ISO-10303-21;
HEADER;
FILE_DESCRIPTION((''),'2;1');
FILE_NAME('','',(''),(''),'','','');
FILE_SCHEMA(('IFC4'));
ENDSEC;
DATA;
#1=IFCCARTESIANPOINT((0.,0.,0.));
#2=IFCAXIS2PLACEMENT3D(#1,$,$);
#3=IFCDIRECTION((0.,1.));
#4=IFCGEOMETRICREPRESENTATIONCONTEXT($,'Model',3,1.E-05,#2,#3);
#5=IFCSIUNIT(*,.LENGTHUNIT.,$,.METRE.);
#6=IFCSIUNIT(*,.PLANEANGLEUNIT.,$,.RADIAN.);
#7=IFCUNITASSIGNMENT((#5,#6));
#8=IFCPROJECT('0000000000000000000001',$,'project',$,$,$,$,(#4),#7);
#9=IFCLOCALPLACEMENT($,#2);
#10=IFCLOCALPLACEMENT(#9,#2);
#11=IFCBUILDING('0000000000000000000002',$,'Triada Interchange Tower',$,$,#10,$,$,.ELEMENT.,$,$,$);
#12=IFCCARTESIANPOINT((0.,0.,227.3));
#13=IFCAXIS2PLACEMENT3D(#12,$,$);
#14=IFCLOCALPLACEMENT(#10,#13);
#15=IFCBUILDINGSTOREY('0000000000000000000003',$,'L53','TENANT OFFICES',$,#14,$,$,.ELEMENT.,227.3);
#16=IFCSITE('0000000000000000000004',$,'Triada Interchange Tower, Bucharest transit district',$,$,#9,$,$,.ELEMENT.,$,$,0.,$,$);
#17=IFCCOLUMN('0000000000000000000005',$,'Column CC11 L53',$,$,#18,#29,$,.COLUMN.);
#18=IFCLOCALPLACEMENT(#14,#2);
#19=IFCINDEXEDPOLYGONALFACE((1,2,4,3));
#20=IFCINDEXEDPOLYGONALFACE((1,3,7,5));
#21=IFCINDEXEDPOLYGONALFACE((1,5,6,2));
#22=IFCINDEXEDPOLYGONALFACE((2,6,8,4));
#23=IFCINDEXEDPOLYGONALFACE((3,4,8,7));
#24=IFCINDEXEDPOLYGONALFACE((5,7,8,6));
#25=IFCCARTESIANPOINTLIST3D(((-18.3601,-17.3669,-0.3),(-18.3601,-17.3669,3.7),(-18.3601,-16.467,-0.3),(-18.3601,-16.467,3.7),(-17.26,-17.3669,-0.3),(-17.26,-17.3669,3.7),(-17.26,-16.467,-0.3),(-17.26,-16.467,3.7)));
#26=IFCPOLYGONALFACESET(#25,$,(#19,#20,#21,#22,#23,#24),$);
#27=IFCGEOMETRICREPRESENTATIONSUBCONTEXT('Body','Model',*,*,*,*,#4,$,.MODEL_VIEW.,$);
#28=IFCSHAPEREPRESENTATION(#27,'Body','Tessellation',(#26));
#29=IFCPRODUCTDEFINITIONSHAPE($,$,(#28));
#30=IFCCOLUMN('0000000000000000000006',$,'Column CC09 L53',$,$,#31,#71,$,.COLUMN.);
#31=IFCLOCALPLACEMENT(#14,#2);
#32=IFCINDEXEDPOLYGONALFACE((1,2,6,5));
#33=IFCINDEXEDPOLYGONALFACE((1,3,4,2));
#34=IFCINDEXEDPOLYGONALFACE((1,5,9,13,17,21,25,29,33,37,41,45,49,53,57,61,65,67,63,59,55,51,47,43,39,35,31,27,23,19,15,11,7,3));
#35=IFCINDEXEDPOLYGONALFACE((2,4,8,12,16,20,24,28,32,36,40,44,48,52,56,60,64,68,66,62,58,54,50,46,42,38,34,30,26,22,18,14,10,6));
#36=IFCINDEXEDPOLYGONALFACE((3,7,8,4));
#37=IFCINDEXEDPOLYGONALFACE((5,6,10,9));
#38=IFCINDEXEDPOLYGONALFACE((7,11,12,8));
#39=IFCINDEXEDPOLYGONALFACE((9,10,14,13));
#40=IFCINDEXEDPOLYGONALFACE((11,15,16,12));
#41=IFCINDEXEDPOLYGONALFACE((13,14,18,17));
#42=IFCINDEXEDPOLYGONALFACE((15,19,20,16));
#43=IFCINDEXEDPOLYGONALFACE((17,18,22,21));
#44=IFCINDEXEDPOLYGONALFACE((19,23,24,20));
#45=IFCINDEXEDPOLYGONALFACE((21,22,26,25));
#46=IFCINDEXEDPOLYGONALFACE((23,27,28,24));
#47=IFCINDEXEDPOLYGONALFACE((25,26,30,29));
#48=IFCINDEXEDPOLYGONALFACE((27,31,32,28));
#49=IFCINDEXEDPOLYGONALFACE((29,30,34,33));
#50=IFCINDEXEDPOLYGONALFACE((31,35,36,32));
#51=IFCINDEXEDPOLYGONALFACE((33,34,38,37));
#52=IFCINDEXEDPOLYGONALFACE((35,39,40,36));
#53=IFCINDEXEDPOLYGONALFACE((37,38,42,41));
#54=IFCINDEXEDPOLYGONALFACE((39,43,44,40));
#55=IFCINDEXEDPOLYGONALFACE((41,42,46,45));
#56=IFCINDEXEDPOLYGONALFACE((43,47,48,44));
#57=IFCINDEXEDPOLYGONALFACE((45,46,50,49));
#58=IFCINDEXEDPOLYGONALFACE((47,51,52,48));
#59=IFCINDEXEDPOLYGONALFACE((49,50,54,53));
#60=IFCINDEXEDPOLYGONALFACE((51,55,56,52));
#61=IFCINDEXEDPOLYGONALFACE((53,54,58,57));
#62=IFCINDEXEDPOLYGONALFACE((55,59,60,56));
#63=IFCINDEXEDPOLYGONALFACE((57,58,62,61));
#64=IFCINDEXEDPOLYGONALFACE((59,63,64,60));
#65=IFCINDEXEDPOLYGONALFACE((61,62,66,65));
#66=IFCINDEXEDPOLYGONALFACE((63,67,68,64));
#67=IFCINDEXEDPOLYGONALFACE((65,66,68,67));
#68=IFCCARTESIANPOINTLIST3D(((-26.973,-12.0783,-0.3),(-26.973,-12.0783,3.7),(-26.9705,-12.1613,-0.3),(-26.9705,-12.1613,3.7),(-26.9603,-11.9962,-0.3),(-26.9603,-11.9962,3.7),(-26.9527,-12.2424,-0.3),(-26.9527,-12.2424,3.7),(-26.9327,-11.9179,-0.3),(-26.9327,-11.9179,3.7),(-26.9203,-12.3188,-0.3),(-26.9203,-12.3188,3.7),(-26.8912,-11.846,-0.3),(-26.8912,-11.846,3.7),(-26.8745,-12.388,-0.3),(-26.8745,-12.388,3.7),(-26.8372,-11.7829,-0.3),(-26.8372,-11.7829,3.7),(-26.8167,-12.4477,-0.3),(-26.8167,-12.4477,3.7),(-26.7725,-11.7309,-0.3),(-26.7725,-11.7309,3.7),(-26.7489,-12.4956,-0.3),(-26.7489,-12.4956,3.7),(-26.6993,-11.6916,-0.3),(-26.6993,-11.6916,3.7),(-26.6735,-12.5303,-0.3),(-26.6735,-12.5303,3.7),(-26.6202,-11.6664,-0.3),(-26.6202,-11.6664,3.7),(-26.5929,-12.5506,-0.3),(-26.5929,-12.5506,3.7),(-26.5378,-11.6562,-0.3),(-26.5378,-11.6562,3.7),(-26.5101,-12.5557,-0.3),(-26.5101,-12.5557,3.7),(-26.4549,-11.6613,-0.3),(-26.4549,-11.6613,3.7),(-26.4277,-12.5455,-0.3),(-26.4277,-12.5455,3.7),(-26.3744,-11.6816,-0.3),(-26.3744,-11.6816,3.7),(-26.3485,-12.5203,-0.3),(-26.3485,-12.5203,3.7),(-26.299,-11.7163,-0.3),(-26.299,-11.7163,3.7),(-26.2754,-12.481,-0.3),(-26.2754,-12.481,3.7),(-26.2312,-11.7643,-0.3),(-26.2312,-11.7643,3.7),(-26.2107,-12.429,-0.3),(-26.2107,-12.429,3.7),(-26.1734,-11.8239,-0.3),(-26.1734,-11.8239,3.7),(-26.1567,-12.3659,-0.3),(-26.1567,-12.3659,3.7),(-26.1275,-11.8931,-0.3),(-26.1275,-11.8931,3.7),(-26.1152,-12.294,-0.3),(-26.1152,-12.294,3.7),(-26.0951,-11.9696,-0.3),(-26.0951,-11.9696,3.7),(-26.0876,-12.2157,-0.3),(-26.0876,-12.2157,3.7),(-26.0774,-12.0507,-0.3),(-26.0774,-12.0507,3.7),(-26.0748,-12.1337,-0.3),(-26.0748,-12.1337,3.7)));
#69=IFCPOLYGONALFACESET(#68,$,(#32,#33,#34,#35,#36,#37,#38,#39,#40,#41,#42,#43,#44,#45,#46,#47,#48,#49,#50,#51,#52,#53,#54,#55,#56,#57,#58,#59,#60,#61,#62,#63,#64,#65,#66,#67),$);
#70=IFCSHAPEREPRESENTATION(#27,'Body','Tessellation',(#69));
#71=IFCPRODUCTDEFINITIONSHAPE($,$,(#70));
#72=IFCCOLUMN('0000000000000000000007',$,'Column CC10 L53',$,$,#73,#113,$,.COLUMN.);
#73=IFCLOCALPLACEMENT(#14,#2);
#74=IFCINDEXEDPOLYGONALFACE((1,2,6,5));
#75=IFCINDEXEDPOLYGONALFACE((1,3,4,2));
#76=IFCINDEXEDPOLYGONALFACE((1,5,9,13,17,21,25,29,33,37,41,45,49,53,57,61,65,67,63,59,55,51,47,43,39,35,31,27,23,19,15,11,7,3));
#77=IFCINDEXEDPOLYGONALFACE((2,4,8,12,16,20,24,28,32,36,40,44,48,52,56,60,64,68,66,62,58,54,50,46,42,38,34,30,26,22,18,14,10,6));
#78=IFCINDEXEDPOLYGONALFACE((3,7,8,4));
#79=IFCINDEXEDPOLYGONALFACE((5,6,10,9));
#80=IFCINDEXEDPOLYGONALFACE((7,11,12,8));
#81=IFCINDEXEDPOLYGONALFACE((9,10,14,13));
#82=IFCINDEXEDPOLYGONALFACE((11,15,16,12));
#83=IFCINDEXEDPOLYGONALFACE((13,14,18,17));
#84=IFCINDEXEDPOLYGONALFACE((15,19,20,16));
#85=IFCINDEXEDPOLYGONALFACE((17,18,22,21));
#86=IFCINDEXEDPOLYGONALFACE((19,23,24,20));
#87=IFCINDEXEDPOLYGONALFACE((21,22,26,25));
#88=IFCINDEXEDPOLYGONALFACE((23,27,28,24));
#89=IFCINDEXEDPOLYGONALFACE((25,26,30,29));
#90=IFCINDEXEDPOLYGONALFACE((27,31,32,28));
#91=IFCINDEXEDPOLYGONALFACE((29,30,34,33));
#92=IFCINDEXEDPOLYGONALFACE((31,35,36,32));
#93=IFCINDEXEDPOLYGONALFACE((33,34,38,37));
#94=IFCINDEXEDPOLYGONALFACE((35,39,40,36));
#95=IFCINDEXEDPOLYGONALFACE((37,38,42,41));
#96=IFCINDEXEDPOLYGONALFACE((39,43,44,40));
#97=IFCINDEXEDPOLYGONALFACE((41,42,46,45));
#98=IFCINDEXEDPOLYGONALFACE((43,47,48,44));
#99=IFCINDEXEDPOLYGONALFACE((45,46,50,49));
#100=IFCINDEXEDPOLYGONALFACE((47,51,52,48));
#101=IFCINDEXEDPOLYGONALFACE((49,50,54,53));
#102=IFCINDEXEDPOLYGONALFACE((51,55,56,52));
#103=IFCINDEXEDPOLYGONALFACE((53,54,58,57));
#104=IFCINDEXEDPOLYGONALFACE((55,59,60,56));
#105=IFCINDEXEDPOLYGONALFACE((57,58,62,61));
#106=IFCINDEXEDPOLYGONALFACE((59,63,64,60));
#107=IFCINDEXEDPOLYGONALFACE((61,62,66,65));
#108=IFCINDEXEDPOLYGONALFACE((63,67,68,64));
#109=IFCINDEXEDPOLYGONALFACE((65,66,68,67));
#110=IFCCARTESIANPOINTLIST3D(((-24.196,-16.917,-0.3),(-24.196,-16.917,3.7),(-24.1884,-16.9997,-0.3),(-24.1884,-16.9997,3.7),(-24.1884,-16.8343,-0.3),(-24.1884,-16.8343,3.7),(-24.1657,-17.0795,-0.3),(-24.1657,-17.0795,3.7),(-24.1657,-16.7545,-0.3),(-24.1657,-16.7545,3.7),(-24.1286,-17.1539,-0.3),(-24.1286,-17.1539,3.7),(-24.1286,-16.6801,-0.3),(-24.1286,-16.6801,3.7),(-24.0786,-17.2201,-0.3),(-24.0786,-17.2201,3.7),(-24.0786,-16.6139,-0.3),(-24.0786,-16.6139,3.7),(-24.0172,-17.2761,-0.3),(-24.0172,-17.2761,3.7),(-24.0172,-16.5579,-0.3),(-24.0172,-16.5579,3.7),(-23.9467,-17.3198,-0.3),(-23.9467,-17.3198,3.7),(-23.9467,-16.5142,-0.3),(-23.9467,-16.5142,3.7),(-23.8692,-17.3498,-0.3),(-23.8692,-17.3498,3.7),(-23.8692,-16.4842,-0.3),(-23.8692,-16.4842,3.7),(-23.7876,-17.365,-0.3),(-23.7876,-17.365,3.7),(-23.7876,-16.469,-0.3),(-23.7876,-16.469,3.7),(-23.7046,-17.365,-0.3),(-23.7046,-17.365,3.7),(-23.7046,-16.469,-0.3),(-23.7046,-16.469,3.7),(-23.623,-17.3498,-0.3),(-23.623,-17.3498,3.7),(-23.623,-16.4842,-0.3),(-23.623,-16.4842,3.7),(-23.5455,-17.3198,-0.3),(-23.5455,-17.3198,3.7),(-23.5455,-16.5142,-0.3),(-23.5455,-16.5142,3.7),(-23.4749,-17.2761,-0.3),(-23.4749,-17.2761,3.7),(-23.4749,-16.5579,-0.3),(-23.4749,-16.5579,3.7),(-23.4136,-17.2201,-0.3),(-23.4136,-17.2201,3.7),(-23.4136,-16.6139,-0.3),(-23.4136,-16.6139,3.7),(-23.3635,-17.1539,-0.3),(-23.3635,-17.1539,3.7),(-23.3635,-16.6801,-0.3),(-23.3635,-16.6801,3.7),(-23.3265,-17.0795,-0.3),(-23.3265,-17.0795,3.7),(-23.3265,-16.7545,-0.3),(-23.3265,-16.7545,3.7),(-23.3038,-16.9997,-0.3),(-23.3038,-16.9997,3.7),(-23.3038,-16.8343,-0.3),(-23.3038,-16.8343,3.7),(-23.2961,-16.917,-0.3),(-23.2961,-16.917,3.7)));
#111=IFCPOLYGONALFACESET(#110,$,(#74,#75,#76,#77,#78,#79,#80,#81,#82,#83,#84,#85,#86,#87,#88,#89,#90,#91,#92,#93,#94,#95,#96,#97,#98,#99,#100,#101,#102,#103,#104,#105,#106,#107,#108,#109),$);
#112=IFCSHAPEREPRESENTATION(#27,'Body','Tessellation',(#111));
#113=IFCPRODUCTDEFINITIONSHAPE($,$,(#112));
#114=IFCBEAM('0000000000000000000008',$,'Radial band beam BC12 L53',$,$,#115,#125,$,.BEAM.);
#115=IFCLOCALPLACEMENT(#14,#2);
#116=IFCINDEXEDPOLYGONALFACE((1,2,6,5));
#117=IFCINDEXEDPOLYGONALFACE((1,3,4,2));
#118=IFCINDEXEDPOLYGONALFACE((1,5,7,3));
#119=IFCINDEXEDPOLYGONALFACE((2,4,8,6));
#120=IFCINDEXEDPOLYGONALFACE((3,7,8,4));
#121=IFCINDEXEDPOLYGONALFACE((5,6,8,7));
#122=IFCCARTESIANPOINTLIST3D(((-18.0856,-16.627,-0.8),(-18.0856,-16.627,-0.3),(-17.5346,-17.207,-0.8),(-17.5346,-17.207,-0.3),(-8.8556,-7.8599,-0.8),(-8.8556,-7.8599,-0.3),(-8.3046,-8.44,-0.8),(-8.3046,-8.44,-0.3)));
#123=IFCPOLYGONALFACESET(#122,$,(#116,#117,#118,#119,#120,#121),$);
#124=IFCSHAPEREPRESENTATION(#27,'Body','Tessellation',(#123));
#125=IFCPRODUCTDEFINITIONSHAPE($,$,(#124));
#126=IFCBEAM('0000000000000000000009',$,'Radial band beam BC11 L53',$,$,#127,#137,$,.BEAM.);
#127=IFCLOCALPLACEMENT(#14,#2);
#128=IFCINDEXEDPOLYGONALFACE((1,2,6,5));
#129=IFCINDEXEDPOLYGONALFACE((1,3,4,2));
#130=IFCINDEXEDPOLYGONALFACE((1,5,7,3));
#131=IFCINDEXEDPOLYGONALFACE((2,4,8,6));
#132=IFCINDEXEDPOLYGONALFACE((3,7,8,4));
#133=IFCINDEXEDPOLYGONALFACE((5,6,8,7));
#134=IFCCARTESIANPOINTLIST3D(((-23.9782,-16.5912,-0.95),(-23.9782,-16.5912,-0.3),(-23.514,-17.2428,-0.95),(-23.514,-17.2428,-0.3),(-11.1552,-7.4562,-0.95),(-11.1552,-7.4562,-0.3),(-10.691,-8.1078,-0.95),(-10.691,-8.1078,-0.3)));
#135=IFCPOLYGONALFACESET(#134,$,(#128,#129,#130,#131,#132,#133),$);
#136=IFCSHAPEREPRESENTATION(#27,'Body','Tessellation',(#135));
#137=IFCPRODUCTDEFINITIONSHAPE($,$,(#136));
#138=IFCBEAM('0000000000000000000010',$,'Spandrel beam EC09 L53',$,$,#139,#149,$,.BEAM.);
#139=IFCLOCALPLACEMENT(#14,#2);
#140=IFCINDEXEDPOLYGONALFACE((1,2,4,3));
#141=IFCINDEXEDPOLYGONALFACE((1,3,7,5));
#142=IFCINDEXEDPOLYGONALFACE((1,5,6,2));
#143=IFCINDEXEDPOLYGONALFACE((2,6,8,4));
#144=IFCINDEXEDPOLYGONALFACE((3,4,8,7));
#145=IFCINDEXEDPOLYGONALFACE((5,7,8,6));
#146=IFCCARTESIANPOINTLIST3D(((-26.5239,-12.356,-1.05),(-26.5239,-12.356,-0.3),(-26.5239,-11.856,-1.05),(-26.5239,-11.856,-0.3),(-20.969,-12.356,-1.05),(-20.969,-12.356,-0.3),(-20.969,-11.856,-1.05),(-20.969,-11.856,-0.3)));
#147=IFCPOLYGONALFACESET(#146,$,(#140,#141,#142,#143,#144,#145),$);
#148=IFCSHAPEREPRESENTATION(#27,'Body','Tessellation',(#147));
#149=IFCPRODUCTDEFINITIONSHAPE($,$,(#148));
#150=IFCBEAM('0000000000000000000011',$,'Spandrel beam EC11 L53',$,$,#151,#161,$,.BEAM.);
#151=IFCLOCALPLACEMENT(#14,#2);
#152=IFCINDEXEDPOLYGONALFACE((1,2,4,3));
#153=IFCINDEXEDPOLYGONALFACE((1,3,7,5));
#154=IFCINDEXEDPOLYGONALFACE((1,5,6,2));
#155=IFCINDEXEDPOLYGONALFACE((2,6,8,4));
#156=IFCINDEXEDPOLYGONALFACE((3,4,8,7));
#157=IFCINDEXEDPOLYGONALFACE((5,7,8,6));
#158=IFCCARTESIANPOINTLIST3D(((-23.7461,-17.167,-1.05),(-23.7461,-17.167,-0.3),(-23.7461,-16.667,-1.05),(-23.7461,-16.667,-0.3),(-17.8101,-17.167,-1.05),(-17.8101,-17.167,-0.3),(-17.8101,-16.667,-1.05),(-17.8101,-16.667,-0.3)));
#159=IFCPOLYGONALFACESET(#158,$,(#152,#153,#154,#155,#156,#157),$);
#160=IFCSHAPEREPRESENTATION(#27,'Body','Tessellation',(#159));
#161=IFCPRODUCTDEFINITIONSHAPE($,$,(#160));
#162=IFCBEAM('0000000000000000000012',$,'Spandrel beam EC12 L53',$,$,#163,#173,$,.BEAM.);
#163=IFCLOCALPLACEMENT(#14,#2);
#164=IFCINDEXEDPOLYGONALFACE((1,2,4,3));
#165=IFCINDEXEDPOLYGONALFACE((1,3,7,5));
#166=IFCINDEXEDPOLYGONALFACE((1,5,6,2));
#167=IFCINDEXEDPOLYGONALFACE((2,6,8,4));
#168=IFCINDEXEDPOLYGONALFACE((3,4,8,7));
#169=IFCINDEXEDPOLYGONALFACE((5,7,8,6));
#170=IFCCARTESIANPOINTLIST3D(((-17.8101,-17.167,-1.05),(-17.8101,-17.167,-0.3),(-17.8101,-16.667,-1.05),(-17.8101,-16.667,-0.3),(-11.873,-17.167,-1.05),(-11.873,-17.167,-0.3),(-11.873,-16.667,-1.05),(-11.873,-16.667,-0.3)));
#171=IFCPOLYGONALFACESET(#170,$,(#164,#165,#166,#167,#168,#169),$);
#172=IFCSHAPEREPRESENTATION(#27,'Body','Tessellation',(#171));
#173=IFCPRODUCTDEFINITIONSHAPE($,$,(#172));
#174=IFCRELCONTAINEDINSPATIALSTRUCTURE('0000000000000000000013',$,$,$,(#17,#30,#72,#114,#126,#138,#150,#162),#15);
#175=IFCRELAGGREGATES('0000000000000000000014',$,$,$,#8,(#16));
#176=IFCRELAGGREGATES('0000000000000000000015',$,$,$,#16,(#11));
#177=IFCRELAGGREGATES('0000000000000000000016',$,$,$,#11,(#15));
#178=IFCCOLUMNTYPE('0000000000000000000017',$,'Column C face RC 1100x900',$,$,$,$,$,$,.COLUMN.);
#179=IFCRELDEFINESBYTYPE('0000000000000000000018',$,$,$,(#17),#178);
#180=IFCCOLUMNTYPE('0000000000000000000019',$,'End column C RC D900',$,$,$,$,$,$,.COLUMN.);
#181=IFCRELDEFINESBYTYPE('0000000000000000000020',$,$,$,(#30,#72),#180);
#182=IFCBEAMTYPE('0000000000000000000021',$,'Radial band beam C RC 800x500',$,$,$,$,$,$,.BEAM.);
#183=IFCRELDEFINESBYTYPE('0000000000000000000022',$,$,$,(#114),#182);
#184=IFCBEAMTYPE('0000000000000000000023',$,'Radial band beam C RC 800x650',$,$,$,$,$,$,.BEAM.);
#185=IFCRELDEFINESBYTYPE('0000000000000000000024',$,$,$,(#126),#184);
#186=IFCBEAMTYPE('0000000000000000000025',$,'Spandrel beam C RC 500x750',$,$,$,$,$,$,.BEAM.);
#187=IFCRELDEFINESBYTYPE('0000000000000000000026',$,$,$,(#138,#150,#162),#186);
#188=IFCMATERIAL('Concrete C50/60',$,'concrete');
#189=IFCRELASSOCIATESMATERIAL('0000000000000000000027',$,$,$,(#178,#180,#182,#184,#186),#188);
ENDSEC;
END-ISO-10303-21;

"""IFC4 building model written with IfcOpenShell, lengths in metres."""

from ifc_helpers import new_model, si_unit, direction, frame, origin, origin_2d, place, context, subcontext, project, spatial, rectangle, circle, extrude, material, material_profile, profile_set, type_object, element, save


model = new_model("IFC4")

# Units and contexts
model_context = context("Model", 3, precision=1e-05, world=origin(), true_north=direction((0.0, 1.0)))
body_context = subcontext(model_context, "Body", "Model", "MODEL_VIEW")
ifc_project = project(units=[si_unit("LENGTHUNIT", "METRE"), si_unit("PLANEANGLEUNIT", "RADIAN")], contexts=[model_context])

# Site, building, storey
site_placement = place(None, origin())
site = spatial("IfcSite", under=ifc_project, at=site_placement, Name="Triada Interchange Tower, Bucharest transit district", CompositionType="ELEMENT", RefElevation=0.0)
building_placement = place(site_placement, origin())
building = spatial("IfcBuilding", under=site, at=building_placement, Name="Triada Interchange Tower", CompositionType="ELEMENT")
storey_placement = place(building_placement, frame((0.0, 0.0, 227.3)))
storey = spatial("IfcBuildingStorey", under=building, at=storey_placement, Name="L53", Description="TENANT OFFICES", CompositionType="ELEMENT", Elevation=227.3)

# Columns
ifc_material_1 = material(Name="Concrete C50/60", Category="concrete")
ifc_material_profile_1 = material_profile(ifc_material_1, rectangle(XDim=1.1001, YDim=0.8999, at=origin_2d()), Name="RC 1100x900")
ifc_profile_set_1 = profile_set([ifc_material_profile_1], Name="Concrete C50/60")
column_type_1 = type_object("IfcColumnType", Name="Column C face RC 1100x900", PredefinedType="COLUMN", material=ifc_profile_set_1)
column_placement = place(storey_placement, frame((-17.8101, -16.917, -0.3), z_axis=(0.0, 0.0, 1.0), x_axis=(1.0, 0.0, 0.0)))
element("IfcColumn", 1, at=column_placement, inside=storey, type_object=column_type_1, Name="Column CC11 L53", PredefinedType="COLUMN", context=body_context, shape_type="SweptSolid", body=[
    extrude(rectangle(XDim=1.1001, YDim=0.8999, at=origin_2d()), origin(), (0.0, 0.0, 1.0), 4.0),
])
ifc_material_profile_2 = material_profile(ifc_material_1, circle(Radius=0.45, at=origin_2d()), Name="RC D900")
ifc_profile_set_2 = profile_set([ifc_material_profile_2], Name="Concrete C50/60")
column_type_2 = type_object("IfcColumnType", Name="End column C RC D900", PredefinedType="COLUMN", material=ifc_profile_set_2)
for number, where, z_axis, x_axis, name in (
    (2, (-26.5239, -12.106, -0.3), (0.0, 0.0, 1.0), (0.5, 0.866025, 0.0), "Column CC09 L53"),
    (3, (-23.7461, -16.917, -0.3), (0.0, 0.0, 1.0), (1.0, 0.0, 0.0), "Column CC10 L53"),
):
    element("IfcColumn", number, at=place(storey_placement, frame(where, z_axis=z_axis, x_axis=x_axis)), inside=storey, type_object=column_type_2, Name=name, PredefinedType="COLUMN", context=body_context, shape_type="SweptSolid", body=[
        extrude(circle(Radius=0.45, at=origin_2d()), origin(), (0.0, 0.0, 1.0), 4.0),
    ])

# Beams
ifc_material_profile_3 = material_profile(ifc_material_1, rectangle(XDim=0.8, YDim=0.5, at=origin_2d()), Name="RC 800x500")
ifc_profile_set_3 = profile_set([ifc_material_profile_3], Name="Concrete C50/60")
beam_type_1 = type_object("IfcBeamType", Name="Radial band beam C RC 800x500", PredefinedType="BEAM", material=ifc_profile_set_3)
beam_1_placement = place(storey_placement, frame((-17.8101, -16.917, -0.55), z_axis=(0.725054, 0.688692, 0.0), x_axis=(-0.688692, 0.725054, 0.0)))
element("IfcBeam", 4, at=beam_1_placement, inside=storey, type_object=beam_type_1, Name="Radial band beam BC12 L53", PredefinedType="BEAM", context=body_context, shape_type="SweptSolid", body=[
    extrude(rectangle(XDim=0.8, YDim=0.5, at=origin_2d()), origin(), (0.0, 0.0, 1.0), 12.73),
])
ifc_material_profile_4 = material_profile(ifc_material_1, rectangle(XDim=0.8, YDim=0.6499, at=origin_2d()), Name="RC 800x650")
ifc_profile_set_4 = profile_set([ifc_material_profile_4], Name="Concrete C50/60")
beam_type_2 = type_object("IfcBeamType", Name="Radial band beam C RC 800x650", PredefinedType="BEAM", material=ifc_profile_set_4)
beam_2_placement = place(storey_placement, frame((-23.7461, -16.917, -0.625), z_axis=(0.814462, 0.580217, 0.0), x_axis=(-0.580217, 0.814462, 0.0)))
element("IfcBeam", 5, at=beam_2_placement, inside=storey, type_object=beam_type_2, Name="Radial band beam BC11 L53", PredefinedType="BEAM", context=body_context, shape_type="SweptSolid", body=[
    extrude(rectangle(XDim=0.8, YDim=0.6499, at=origin_2d()), origin(), (0.0, 0.0, 1.0), 15.7441),
])
ifc_material_profile_5 = material_profile(ifc_material_1, rectangle(XDim=0.5, YDim=0.75, at=origin_2d()), Name="RC 500x750")
ifc_profile_set_5 = profile_set([ifc_material_profile_5], Name="Concrete C50/60")
beam_type_3 = type_object("IfcBeamType", Name="Spandrel beam C RC 500x750", PredefinedType="BEAM", material=ifc_profile_set_5)
beam_3_placement = place(storey_placement, frame((-26.5239, -12.106, -0.675), z_axis=(1.0, 0.0, 0.0), x_axis=(0.0, 1.0, 0.0)))
element("IfcBeam", 6, at=beam_3_placement, inside=storey, type_object=beam_type_3, Name="Spandrel beam EC09 L53", PredefinedType="BEAM", context=body_context, shape_type="SweptSolid", body=[
    extrude(rectangle(XDim=0.5, YDim=0.75, at=origin_2d()), origin(), (0.0, 0.0, 1.0), 5.5549),
])
beam_4_placement = place(storey_placement, frame((-23.7461, -16.917, -0.675), z_axis=(1.0, 0.0, 0.0), x_axis=(0.0, 1.0, 0.0)))
element("IfcBeam", 7, at=beam_4_placement, inside=storey, type_object=beam_type_3, Name="Spandrel beam EC11 L53", PredefinedType="BEAM", context=body_context, shape_type="SweptSolid", body=[
    extrude(rectangle(XDim=0.5, YDim=0.75, at=origin_2d()), origin(), (0.0, 0.0, 1.0), 5.936),
])
beam_5_placement = place(storey_placement, frame((-17.8101, -16.917, -0.675), z_axis=(1.0, 0.0, 0.0), x_axis=(0.0, 1.0, 0.0)))
element("IfcBeam", 8, at=beam_5_placement, inside=storey, type_object=beam_type_3, Name="Spandrel beam EC12 L53", PredefinedType="BEAM", context=body_context, shape_type="SweptSolid", body=[
    extrude(rectangle(XDim=0.5, YDim=0.75, at=origin_2d()), origin(), (0.0, 0.0, 1.0), 5.937),
])

save(model, "model.ifc")
